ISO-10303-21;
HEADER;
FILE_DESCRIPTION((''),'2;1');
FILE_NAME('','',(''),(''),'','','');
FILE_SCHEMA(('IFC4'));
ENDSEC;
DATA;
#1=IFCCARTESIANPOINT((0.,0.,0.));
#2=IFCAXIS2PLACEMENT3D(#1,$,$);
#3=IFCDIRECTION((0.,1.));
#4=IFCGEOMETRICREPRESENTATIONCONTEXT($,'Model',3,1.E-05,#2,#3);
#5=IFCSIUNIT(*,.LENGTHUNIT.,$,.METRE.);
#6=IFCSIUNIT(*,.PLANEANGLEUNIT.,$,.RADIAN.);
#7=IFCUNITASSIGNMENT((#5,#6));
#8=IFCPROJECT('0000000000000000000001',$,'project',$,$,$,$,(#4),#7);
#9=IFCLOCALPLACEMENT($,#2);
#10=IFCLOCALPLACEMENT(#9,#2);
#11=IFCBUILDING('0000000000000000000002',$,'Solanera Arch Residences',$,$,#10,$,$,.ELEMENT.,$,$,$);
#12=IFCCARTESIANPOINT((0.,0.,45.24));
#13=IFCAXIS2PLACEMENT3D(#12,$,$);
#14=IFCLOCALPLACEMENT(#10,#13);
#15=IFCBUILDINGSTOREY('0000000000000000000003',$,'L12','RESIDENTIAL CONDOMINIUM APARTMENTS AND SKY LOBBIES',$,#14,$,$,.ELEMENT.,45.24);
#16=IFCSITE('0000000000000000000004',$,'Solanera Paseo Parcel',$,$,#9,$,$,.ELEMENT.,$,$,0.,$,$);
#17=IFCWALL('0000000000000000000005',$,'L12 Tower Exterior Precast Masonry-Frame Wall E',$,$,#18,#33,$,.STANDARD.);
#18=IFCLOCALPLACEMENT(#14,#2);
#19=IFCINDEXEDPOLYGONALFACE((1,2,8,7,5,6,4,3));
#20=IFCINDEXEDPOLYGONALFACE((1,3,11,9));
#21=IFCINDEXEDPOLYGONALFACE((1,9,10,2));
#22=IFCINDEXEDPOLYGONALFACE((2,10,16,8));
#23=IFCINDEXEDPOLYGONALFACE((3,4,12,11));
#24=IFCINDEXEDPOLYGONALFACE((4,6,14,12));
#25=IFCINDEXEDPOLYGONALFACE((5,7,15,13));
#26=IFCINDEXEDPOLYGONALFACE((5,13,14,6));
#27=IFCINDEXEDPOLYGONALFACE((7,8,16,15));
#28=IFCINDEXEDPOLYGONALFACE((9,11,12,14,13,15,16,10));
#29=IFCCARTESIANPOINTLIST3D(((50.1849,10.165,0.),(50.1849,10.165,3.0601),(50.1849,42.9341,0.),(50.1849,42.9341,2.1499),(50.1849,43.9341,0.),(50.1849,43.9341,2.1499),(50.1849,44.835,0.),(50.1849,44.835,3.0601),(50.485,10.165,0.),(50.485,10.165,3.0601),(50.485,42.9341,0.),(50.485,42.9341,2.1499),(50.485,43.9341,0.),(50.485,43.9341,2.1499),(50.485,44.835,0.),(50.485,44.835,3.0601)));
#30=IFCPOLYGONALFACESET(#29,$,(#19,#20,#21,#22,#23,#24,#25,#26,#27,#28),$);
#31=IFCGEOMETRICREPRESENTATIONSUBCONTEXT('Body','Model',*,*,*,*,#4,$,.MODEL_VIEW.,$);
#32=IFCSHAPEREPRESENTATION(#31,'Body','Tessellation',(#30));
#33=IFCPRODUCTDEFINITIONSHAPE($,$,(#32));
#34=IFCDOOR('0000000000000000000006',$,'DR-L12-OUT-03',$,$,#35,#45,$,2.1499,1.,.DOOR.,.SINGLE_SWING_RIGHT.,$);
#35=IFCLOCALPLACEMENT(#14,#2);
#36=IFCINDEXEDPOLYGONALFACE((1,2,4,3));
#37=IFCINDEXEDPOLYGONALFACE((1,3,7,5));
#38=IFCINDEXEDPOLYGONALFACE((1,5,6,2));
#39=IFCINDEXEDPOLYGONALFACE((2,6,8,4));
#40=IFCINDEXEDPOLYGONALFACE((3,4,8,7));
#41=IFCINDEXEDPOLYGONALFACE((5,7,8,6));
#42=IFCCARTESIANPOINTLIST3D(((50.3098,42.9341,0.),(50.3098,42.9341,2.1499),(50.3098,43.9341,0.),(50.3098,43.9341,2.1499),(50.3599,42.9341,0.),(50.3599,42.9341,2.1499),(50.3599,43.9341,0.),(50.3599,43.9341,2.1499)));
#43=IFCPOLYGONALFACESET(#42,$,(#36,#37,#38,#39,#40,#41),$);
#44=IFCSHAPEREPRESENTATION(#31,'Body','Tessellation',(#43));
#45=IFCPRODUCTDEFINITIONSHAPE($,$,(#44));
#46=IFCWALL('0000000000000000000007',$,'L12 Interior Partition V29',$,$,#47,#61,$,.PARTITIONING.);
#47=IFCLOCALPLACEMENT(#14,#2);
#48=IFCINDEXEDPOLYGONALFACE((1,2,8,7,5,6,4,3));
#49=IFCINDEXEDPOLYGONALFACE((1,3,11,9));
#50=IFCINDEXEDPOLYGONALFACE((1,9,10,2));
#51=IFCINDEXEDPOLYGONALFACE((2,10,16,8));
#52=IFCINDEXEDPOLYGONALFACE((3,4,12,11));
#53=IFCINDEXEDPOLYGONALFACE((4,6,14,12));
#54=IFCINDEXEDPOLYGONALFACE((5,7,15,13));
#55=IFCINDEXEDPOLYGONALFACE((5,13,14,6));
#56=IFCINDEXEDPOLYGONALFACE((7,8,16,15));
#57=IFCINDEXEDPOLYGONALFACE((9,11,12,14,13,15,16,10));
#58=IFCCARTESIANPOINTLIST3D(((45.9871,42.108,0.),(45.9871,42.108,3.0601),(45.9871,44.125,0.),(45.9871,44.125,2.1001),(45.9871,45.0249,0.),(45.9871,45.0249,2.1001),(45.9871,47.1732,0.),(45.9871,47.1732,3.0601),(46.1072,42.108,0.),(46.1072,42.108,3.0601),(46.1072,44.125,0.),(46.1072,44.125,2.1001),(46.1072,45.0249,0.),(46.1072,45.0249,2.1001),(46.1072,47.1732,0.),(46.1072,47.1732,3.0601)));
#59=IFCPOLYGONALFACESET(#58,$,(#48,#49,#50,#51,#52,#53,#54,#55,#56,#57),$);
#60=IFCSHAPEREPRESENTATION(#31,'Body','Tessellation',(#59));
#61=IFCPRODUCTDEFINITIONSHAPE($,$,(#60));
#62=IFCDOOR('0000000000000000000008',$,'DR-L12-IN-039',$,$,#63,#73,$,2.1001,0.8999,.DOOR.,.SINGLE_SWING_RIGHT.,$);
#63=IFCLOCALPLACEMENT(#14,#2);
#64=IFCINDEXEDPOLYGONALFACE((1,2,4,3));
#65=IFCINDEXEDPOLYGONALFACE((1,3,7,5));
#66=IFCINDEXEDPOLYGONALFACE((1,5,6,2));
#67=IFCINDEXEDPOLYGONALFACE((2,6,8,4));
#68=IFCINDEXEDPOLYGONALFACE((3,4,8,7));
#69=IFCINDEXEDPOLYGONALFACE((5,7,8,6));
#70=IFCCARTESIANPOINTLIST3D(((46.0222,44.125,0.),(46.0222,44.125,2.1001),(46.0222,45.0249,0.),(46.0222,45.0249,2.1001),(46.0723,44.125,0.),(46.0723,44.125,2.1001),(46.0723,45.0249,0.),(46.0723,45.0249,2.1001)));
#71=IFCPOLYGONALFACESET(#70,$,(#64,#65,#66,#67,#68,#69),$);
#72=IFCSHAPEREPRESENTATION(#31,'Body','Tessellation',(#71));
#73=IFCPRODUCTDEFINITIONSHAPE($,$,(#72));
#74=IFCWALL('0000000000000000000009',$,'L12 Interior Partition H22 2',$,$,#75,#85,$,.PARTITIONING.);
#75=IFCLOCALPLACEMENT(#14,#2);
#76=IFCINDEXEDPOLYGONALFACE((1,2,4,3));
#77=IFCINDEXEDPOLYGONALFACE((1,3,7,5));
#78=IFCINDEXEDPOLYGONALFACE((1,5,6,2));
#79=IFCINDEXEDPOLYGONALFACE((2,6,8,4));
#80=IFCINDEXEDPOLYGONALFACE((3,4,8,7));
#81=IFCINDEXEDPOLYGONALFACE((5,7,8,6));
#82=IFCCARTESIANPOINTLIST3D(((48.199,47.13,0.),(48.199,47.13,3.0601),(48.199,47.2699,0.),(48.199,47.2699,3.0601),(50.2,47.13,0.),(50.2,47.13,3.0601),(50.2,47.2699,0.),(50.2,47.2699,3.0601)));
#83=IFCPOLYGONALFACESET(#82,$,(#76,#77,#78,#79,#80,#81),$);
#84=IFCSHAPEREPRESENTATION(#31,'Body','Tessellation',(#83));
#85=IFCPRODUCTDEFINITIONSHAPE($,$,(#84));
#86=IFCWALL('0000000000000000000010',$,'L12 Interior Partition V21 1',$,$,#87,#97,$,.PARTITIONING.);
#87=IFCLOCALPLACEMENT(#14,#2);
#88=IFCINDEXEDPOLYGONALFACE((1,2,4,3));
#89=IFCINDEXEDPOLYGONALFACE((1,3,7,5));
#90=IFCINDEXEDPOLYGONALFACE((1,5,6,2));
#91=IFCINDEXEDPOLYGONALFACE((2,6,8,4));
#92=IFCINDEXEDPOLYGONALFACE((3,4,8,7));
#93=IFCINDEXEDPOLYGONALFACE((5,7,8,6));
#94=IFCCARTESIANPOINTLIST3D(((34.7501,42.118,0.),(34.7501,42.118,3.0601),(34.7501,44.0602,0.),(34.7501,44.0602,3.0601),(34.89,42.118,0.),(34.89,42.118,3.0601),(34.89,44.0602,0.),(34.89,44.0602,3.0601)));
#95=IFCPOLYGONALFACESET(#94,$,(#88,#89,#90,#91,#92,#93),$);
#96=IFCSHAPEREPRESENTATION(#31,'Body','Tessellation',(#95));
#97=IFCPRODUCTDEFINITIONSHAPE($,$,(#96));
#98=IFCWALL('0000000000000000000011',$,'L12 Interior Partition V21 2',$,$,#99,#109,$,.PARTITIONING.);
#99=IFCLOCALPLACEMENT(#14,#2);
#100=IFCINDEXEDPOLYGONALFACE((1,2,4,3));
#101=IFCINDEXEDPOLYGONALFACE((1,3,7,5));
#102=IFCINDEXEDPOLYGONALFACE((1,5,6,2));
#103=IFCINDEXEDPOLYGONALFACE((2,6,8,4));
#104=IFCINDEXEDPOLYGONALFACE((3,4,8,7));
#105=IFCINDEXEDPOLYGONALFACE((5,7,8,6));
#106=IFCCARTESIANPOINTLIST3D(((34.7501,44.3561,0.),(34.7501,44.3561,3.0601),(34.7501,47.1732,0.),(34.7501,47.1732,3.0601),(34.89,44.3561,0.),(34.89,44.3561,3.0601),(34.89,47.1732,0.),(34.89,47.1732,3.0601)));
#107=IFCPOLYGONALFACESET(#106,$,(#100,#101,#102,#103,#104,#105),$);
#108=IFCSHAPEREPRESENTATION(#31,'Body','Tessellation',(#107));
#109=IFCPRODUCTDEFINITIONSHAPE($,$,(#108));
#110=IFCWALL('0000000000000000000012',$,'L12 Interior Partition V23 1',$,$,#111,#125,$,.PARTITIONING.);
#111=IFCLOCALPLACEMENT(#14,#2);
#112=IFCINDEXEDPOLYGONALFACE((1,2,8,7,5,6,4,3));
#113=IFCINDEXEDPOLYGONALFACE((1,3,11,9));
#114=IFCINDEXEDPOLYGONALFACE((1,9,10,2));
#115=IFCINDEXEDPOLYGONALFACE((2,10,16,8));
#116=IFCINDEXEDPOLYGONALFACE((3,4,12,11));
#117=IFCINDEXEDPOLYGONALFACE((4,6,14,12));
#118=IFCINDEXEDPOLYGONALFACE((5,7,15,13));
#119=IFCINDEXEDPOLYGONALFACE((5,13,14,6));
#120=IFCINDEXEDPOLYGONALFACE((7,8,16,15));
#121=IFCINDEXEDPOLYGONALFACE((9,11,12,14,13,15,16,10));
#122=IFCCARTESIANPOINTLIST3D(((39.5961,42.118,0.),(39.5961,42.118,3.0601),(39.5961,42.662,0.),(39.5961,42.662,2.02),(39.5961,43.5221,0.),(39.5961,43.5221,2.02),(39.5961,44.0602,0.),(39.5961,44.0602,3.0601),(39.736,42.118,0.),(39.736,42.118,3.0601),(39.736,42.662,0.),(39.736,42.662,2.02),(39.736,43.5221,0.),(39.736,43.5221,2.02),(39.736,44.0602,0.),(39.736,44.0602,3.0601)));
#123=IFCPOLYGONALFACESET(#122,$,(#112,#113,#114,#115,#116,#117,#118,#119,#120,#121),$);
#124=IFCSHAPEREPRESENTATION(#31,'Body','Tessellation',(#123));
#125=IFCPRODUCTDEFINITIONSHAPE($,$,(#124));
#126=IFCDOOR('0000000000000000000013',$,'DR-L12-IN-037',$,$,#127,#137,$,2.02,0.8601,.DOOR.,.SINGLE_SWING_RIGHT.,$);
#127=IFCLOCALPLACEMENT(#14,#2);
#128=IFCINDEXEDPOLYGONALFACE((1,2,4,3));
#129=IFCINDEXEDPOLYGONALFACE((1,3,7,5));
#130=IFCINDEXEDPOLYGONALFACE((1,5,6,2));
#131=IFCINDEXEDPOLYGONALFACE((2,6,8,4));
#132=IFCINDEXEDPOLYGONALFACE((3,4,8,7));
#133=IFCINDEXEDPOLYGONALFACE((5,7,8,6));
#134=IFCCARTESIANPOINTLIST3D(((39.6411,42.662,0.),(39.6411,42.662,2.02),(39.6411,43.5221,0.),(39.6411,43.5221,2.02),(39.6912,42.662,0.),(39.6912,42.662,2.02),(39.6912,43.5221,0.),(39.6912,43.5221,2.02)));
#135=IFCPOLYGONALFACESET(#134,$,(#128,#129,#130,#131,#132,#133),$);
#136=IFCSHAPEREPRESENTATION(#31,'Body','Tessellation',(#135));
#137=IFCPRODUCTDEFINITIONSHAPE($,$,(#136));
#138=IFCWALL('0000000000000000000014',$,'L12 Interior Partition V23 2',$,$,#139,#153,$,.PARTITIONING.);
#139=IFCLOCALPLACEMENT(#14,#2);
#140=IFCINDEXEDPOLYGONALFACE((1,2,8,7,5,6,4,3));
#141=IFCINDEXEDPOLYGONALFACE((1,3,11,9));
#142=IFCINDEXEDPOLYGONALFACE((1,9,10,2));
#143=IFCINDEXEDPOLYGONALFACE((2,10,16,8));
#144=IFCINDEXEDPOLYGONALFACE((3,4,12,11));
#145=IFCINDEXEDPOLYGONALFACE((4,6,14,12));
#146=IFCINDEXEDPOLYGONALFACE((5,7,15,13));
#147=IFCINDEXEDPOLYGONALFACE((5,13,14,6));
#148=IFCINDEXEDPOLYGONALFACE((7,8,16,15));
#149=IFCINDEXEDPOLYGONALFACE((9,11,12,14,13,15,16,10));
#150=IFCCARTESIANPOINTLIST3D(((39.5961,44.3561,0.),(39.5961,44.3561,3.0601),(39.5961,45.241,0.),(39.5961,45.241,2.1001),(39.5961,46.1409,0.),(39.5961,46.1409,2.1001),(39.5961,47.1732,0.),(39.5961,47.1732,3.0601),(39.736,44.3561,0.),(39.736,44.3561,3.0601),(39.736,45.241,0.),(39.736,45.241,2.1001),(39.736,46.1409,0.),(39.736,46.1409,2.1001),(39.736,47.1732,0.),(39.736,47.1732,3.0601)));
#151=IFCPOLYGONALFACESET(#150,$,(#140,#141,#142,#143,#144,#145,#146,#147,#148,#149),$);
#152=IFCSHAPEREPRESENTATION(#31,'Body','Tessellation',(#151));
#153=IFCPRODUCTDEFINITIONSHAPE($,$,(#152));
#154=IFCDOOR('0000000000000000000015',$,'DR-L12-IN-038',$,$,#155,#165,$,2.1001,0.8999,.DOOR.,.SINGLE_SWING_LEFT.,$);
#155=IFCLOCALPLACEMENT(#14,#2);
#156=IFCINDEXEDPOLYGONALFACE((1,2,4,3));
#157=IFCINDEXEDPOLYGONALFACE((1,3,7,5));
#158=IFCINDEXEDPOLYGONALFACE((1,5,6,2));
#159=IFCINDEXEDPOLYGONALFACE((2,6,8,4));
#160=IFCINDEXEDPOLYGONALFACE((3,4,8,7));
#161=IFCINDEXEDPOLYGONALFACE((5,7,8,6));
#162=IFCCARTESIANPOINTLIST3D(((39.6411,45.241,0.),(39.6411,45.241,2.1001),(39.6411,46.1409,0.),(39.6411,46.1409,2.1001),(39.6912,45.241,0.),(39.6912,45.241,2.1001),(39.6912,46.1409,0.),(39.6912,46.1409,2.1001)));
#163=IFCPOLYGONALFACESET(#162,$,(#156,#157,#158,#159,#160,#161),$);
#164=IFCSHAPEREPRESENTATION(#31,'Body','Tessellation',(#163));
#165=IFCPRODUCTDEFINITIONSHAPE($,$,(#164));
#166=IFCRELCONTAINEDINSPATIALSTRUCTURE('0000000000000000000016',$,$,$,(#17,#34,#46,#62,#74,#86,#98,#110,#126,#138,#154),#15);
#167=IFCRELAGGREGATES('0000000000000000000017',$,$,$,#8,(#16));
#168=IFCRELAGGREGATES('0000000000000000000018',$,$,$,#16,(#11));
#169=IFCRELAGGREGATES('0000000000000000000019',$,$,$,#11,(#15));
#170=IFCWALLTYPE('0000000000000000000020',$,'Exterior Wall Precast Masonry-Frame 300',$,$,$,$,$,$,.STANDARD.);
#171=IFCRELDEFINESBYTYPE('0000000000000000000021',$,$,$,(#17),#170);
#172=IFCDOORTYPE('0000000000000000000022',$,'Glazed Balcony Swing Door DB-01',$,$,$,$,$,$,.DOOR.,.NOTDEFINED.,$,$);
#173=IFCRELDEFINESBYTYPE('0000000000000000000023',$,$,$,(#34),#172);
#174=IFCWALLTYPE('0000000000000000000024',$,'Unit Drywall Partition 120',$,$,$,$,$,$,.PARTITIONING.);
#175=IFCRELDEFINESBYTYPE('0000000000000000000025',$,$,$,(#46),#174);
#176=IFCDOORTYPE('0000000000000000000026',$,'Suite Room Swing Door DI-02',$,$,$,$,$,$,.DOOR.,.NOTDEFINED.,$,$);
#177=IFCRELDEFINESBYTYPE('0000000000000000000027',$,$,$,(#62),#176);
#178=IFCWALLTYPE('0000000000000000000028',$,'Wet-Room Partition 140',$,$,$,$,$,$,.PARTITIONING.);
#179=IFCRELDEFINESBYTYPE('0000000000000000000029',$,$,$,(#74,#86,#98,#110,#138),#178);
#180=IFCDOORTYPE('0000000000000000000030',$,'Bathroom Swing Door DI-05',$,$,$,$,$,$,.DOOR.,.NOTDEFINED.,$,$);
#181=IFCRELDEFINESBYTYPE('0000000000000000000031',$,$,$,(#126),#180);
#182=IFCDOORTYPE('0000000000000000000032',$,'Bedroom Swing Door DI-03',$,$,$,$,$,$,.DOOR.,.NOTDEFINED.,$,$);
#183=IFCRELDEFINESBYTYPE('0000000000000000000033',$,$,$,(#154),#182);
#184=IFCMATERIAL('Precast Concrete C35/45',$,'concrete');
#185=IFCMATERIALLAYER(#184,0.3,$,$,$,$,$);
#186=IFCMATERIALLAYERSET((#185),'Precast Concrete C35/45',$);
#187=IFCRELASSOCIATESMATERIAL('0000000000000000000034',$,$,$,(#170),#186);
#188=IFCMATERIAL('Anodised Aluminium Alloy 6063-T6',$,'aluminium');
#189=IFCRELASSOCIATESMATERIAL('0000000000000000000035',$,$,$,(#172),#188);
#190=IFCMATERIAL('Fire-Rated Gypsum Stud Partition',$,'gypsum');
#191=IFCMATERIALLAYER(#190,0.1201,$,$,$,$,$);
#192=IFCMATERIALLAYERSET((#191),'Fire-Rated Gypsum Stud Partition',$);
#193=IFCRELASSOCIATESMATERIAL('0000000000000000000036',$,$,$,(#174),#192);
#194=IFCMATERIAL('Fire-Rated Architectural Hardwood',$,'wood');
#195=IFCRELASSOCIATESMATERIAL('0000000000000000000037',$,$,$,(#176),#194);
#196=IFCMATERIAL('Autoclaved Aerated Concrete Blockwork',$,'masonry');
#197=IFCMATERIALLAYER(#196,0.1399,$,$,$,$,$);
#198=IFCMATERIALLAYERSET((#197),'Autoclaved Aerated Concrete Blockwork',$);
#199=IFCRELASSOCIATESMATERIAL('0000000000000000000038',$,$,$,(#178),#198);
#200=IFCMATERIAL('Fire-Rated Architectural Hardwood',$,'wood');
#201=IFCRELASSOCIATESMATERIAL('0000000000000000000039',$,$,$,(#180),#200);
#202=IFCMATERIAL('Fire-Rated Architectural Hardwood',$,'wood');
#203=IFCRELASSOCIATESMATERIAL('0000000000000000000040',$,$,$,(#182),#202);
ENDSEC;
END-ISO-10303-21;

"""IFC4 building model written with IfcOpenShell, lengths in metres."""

from ifc_helpers import new_model, si_unit, direction, frame, frame_2d, origin, place, context, subcontext, project, spatial, rectangle, extrude, material, layer, layer_set, type_object, element, fill, save


model = new_model("IFC4")

# Units and contexts
model_context = context("Model", 3, precision=1e-05, world=origin(), true_north=direction((0.0, 1.0)))
body_context = subcontext(model_context, "Body", "Model", "MODEL_VIEW")
ifc_project = project(units=[si_unit("LENGTHUNIT", "METRE"), si_unit("PLANEANGLEUNIT", "RADIAN")], contexts=[model_context])

# Site, building, storey
site_placement = place(None, origin())
site = spatial("IfcSite", under=ifc_project, at=site_placement, Name="Solanera Paseo Parcel", CompositionType="ELEMENT", RefElevation=0.0)
building_placement = place(site_placement, origin())
building = spatial("IfcBuilding", under=site, at=building_placement, Name="Solanera Arch Residences", CompositionType="ELEMENT")
storey_placement = place(building_placement, frame((0.0, 0.0, 45.24)))
storey = spatial("IfcBuildingStorey", under=building, at=storey_placement, Name="L12", Description="RESIDENTIAL CONDOMINIUM APARTMENTS AND SKY LOBBIES", CompositionType="ELEMENT", Elevation=45.24)

# Shared definitions
ifc_material_1 = material(Name="Precast Concrete C35/45", Category="concrete")
ifc_layer_1 = layer(ifc_material_1, 0.3)
ifc_layer_set_1 = layer_set([ifc_layer_1], Name="Precast Concrete C35/45")
wall_type_1 = type_object("IfcWallType", Name="Exterior Wall Precast Masonry-Frame 300", PredefinedType="STANDARD", material=ifc_layer_set_1)

# Walls, openings, doors
wall_1_placement = place(storey_placement, frame((50.335, 44.835, 0.0), z_axis=(0.0, 0.0, 1.0), x_axis=(0.0, -1.0, 0.0)))
wall_1 = element("IfcWall", 1, at=wall_1_placement, inside=storey, type_object=wall_type_1, Name="L12 Tower Exterior Precast Masonry-Frame Wall E", PredefinedType="STANDARD", context=body_context, shape_type="SweptSolid", body=[
    extrude(rectangle(XDim=34.6699, YDim=0.3, at=frame_2d((17.335, 0.0))), origin(), (0.0, 0.0, 1.0), 3.0601),
])
opening_1_placement = place(wall_1_placement, frame((0.9009, 0.0, 0.0)))
opening_1 = element("IfcOpeningElement", 2, at=opening_1_placement, cuts=wall_1, PredefinedType="OPENING", context=body_context, shape_type="SweptSolid", body=[
    extrude(rectangle(XDim=1.0, YDim=2.1499, at=frame_2d((0.5, 1.075))), frame((0.0, 0.1599, 0.0), z_axis=(0.0, -1.0, 0.0), x_axis=(1.0, 0.0, 0.0)), (0.0, 0.0, 1.0), 0.32),
])
ifc_material_2 = material(Name="Anodised Aluminium Alloy 6063-T6", Category="aluminium")
door_type_1 = type_object("IfcDoorType", Name="Glazed Balcony Swing Door DB-01", OperationType="NOTDEFINED", PredefinedType="DOOR", material=ifc_material_2)
door_1_placement = place(opening_1_placement, origin())
door_1 = element("IfcDoor", 3, at=door_1_placement, inside=storey, type_object=door_type_1, Name="DR-L12-OUT-03", OperationType="SINGLE_SWING_RIGHT", OverallHeight=2.1499, OverallWidth=1.0, PredefinedType="DOOR", context=body_context, shape_type="SweptSolid", body=[
    extrude(rectangle(XDim=1.0, YDim=2.1499, at=frame_2d((0.5, 1.075))), frame((0.0, 0.0249, 0.0), z_axis=(0.0, -1.0, 0.0), x_axis=(1.0, 0.0, 0.0)), (0.0, 0.0, 1.0), 0.05),
])
fill(opening_1, door_1)
ifc_material_3 = material(Name="Fire-Rated Gypsum Stud Partition", Category="gypsum")
ifc_layer_2 = layer(ifc_material_3, 0.1201)
ifc_layer_set_2 = layer_set([ifc_layer_2], Name="Fire-Rated Gypsum Stud Partition")
wall_type_2 = type_object("IfcWallType", Name="Unit Drywall Partition 120", PredefinedType="PARTITIONING", material=ifc_layer_set_2)
wall_2_placement = place(storey_placement, frame((46.0471, 42.1079, 0.0), z_axis=(0.0, 0.0, 1.0), x_axis=(0.0, 1.0, 0.0)))
wall_2 = element("IfcWall", 4, at=wall_2_placement, inside=storey, type_object=wall_type_2, Name="L12 Interior Partition V29", PredefinedType="PARTITIONING", context=body_context, shape_type="SweptSolid", body=[
    extrude(rectangle(XDim=5.0652, YDim=0.1201, at=frame_2d((2.5327, 0.0))), origin(), (0.0, 0.0, 1.0), 3.0601),
])
opening_2_placement = place(wall_2_placement, frame((2.0171, 0.0, 0.0)))
opening_2 = element("IfcOpeningElement", 5, at=opening_2_placement, cuts=wall_2, PredefinedType="OPENING", context=body_context, shape_type="SweptSolid", body=[
    extrude(rectangle(XDim=0.8999, YDim=2.1001, at=frame_2d((0.45, 1.05))), frame((0.0, 0.0701, 0.0), z_axis=(0.0, -1.0, 0.0), x_axis=(1.0, 0.0, 0.0)), (0.0, 0.0, 1.0), 0.1401),
])
ifc_material_4 = material(Name="Fire-Rated Architectural Hardwood", Category="wood")
door_type_2 = type_object("IfcDoorType", Name="Suite Room Swing Door DI-02", OperationType="NOTDEFINED", PredefinedType="DOOR", material=ifc_material_4)
door_2_placement = place(opening_2_placement, origin())
door_2 = element("IfcDoor", 6, at=door_2_placement, inside=storey, type_object=door_type_2, Name="DR-L12-IN-039", OperationType="SINGLE_SWING_RIGHT", OverallHeight=2.1001, OverallWidth=0.8999, PredefinedType="DOOR", context=body_context, shape_type="SweptSolid", body=[
    extrude(rectangle(XDim=0.8999, YDim=2.1001, at=frame_2d((0.45, 1.05))), frame((0.0, 0.0249, 0.0), z_axis=(0.0, -1.0, 0.0), x_axis=(1.0, 0.0, 0.0)), (0.0, 0.0, 1.0), 0.05),
])
fill(opening_2, door_2)

# Walls
ifc_material_5 = material(Name="Autoclaved Aerated Concrete Blockwork", Category="masonry")
ifc_layer_3 = layer(ifc_material_5, 0.1399)
ifc_layer_set_3 = layer_set([ifc_layer_3], Name="Autoclaved Aerated Concrete Blockwork")
wall_type_3 = type_object("IfcWallType", Name="Wet-Room Partition 140", PredefinedType="PARTITIONING", material=ifc_layer_set_3)
wall_3_placement = place(storey_placement, frame((48.199, 47.2, 0.0), z_axis=(0.0, 0.0, 1.0), x_axis=(1.0, 0.0, 0.0)))
element("IfcWall", 7, at=wall_3_placement, inside=storey, type_object=wall_type_3, Name="L12 Interior Partition H22 2", PredefinedType="PARTITIONING", context=body_context, shape_type="SweptSolid", body=[
    extrude(rectangle(XDim=2.001, YDim=0.1399, at=frame_2d((1.0005, 0.0))), origin(), (0.0, 0.0, 1.0), 3.0601),
])
wall_4_placement = place(storey_placement, frame((34.8201, 42.1179, 0.0), z_axis=(0.0, 0.0, 1.0), x_axis=(0.0, 1.0, 0.0)))
element("IfcWall", 8, at=wall_4_placement, inside=storey, type_object=wall_type_3, Name="L12 Interior Partition V21 1", PredefinedType="PARTITIONING", context=body_context, shape_type="SweptSolid", body=[
    extrude(rectangle(XDim=1.9421, YDim=0.1399, at=frame_2d((0.9712, 0.0))), origin(), (0.0, 0.0, 1.0), 3.0601),
])
wall_5_placement = place(storey_placement, frame((34.8201, 44.356, 0.0), z_axis=(0.0, 0.0, 1.0), x_axis=(0.0, 1.0, 0.0)))
element("IfcWall", 9, at=wall_5_placement, inside=storey, type_object=wall_type_3, Name="L12 Interior Partition V21 2", PredefinedType="PARTITIONING", context=body_context, shape_type="SweptSolid", body=[
    extrude(rectangle(XDim=2.8171, YDim=0.1399, at=frame_2d((1.4087, 0.0))), origin(), (0.0, 0.0, 1.0), 3.0601),
])

# Walls, openings, doors
wall_6_placement = place(storey_placement, frame((39.666, 42.1179, 0.0), z_axis=(0.0, 0.0, 1.0), x_axis=(0.0, 1.0, 0.0)))
wall_6 = element("IfcWall", 10, at=wall_6_placement, inside=storey, type_object=wall_type_3, Name="L12 Interior Partition V23 1", PredefinedType="PARTITIONING", context=body_context, shape_type="SweptSolid", body=[
    extrude(rectangle(XDim=1.9421, YDim=0.1399, at=frame_2d((0.9712, 0.0))), origin(), (0.0, 0.0, 1.0), 3.0601),
])
opening_3_placement = place(wall_6_placement, frame((0.5439, 0.0, 0.0)))
opening_3 = element("IfcOpeningElement", 11, at=opening_3_placement, cuts=wall_6, PredefinedType="OPENING", context=body_context, shape_type="SweptSolid", body=[
    extrude(rectangle(XDim=0.8601, YDim=2.02, at=frame_2d((0.4302, 1.01))), frame((0.0, 0.0798, 0.0), z_axis=(0.0, -1.0, 0.0), x_axis=(1.0, 0.0, 0.0)), (0.0, 0.0, 1.0), 0.1599),
])
ifc_material_6 = material(Name="Fire-Rated Architectural Hardwood", Category="wood")
door_type_3 = type_object("IfcDoorType", Name="Bathroom Swing Door DI-05", OperationType="NOTDEFINED", PredefinedType="DOOR", material=ifc_material_6)
door_3_placement = place(opening_3_placement, origin())
door_3 = element("IfcDoor", 12, at=door_3_placement, inside=storey, type_object=door_type_3, Name="DR-L12-IN-037", OperationType="SINGLE_SWING_RIGHT", OverallHeight=2.02, OverallWidth=0.8601, PredefinedType="DOOR", context=body_context, shape_type="SweptSolid", body=[
    extrude(rectangle(XDim=0.8601, YDim=2.02, at=frame_2d((0.4302, 1.01))), frame((0.0, 0.0249, 0.0), z_axis=(0.0, -1.0, 0.0), x_axis=(1.0, 0.0, 0.0)), (0.0, 0.0, 1.0), 0.05),
])
fill(opening_3, door_3)
wall_7_placement = place(storey_placement, frame((39.666, 44.356, 0.0), z_axis=(0.0, 0.0, 1.0), x_axis=(0.0, 1.0, 0.0)))
wall_7 = element("IfcWall", 13, at=wall_7_placement, inside=storey, type_object=wall_type_3, Name="L12 Interior Partition V23 2", PredefinedType="PARTITIONING", context=body_context, shape_type="SweptSolid", body=[
    extrude(rectangle(XDim=2.8171, YDim=0.1399, at=frame_2d((1.4087, 0.0))), origin(), (0.0, 0.0, 1.0), 3.0601),
])
opening_4_placement = place(wall_7_placement, frame((0.885, 0.0, 0.0)))
opening_4 = element("IfcOpeningElement", 14, at=opening_4_placement, cuts=wall_7, PredefinedType="OPENING", context=body_context, shape_type="SweptSolid", body=[
    extrude(rectangle(XDim=0.8999, YDim=2.1001, at=frame_2d((0.45, 1.05))), frame((0.0, 0.0798, 0.0), z_axis=(0.0, -1.0, 0.0), x_axis=(1.0, 0.0, 0.0)), (0.0, 0.0, 1.0), 0.1599),
])
ifc_material_7 = material(Name="Fire-Rated Architectural Hardwood", Category="wood")
door_type_4 = type_object("IfcDoorType", Name="Bedroom Swing Door DI-03", OperationType="NOTDEFINED", PredefinedType="DOOR", material=ifc_material_7)
door_4_placement = place(opening_4_placement, origin())
door_4 = element("IfcDoor", 15, at=door_4_placement, inside=storey, type_object=door_type_4, Name="DR-L12-IN-038", OperationType="SINGLE_SWING_LEFT", OverallHeight=2.1001, OverallWidth=0.8999, PredefinedType="DOOR", context=body_context, shape_type="SweptSolid", body=[
    extrude(rectangle(XDim=0.8999, YDim=2.1001, at=frame_2d((0.45, 1.05))), frame((0.0, 0.0249, 0.0), z_axis=(0.0, -1.0, 0.0), x_axis=(1.0, 0.0, 0.0)), (0.0, 0.0, 1.0), 0.05),
])
fill(opening_4, door_4)

save(model, "model.ifc")
